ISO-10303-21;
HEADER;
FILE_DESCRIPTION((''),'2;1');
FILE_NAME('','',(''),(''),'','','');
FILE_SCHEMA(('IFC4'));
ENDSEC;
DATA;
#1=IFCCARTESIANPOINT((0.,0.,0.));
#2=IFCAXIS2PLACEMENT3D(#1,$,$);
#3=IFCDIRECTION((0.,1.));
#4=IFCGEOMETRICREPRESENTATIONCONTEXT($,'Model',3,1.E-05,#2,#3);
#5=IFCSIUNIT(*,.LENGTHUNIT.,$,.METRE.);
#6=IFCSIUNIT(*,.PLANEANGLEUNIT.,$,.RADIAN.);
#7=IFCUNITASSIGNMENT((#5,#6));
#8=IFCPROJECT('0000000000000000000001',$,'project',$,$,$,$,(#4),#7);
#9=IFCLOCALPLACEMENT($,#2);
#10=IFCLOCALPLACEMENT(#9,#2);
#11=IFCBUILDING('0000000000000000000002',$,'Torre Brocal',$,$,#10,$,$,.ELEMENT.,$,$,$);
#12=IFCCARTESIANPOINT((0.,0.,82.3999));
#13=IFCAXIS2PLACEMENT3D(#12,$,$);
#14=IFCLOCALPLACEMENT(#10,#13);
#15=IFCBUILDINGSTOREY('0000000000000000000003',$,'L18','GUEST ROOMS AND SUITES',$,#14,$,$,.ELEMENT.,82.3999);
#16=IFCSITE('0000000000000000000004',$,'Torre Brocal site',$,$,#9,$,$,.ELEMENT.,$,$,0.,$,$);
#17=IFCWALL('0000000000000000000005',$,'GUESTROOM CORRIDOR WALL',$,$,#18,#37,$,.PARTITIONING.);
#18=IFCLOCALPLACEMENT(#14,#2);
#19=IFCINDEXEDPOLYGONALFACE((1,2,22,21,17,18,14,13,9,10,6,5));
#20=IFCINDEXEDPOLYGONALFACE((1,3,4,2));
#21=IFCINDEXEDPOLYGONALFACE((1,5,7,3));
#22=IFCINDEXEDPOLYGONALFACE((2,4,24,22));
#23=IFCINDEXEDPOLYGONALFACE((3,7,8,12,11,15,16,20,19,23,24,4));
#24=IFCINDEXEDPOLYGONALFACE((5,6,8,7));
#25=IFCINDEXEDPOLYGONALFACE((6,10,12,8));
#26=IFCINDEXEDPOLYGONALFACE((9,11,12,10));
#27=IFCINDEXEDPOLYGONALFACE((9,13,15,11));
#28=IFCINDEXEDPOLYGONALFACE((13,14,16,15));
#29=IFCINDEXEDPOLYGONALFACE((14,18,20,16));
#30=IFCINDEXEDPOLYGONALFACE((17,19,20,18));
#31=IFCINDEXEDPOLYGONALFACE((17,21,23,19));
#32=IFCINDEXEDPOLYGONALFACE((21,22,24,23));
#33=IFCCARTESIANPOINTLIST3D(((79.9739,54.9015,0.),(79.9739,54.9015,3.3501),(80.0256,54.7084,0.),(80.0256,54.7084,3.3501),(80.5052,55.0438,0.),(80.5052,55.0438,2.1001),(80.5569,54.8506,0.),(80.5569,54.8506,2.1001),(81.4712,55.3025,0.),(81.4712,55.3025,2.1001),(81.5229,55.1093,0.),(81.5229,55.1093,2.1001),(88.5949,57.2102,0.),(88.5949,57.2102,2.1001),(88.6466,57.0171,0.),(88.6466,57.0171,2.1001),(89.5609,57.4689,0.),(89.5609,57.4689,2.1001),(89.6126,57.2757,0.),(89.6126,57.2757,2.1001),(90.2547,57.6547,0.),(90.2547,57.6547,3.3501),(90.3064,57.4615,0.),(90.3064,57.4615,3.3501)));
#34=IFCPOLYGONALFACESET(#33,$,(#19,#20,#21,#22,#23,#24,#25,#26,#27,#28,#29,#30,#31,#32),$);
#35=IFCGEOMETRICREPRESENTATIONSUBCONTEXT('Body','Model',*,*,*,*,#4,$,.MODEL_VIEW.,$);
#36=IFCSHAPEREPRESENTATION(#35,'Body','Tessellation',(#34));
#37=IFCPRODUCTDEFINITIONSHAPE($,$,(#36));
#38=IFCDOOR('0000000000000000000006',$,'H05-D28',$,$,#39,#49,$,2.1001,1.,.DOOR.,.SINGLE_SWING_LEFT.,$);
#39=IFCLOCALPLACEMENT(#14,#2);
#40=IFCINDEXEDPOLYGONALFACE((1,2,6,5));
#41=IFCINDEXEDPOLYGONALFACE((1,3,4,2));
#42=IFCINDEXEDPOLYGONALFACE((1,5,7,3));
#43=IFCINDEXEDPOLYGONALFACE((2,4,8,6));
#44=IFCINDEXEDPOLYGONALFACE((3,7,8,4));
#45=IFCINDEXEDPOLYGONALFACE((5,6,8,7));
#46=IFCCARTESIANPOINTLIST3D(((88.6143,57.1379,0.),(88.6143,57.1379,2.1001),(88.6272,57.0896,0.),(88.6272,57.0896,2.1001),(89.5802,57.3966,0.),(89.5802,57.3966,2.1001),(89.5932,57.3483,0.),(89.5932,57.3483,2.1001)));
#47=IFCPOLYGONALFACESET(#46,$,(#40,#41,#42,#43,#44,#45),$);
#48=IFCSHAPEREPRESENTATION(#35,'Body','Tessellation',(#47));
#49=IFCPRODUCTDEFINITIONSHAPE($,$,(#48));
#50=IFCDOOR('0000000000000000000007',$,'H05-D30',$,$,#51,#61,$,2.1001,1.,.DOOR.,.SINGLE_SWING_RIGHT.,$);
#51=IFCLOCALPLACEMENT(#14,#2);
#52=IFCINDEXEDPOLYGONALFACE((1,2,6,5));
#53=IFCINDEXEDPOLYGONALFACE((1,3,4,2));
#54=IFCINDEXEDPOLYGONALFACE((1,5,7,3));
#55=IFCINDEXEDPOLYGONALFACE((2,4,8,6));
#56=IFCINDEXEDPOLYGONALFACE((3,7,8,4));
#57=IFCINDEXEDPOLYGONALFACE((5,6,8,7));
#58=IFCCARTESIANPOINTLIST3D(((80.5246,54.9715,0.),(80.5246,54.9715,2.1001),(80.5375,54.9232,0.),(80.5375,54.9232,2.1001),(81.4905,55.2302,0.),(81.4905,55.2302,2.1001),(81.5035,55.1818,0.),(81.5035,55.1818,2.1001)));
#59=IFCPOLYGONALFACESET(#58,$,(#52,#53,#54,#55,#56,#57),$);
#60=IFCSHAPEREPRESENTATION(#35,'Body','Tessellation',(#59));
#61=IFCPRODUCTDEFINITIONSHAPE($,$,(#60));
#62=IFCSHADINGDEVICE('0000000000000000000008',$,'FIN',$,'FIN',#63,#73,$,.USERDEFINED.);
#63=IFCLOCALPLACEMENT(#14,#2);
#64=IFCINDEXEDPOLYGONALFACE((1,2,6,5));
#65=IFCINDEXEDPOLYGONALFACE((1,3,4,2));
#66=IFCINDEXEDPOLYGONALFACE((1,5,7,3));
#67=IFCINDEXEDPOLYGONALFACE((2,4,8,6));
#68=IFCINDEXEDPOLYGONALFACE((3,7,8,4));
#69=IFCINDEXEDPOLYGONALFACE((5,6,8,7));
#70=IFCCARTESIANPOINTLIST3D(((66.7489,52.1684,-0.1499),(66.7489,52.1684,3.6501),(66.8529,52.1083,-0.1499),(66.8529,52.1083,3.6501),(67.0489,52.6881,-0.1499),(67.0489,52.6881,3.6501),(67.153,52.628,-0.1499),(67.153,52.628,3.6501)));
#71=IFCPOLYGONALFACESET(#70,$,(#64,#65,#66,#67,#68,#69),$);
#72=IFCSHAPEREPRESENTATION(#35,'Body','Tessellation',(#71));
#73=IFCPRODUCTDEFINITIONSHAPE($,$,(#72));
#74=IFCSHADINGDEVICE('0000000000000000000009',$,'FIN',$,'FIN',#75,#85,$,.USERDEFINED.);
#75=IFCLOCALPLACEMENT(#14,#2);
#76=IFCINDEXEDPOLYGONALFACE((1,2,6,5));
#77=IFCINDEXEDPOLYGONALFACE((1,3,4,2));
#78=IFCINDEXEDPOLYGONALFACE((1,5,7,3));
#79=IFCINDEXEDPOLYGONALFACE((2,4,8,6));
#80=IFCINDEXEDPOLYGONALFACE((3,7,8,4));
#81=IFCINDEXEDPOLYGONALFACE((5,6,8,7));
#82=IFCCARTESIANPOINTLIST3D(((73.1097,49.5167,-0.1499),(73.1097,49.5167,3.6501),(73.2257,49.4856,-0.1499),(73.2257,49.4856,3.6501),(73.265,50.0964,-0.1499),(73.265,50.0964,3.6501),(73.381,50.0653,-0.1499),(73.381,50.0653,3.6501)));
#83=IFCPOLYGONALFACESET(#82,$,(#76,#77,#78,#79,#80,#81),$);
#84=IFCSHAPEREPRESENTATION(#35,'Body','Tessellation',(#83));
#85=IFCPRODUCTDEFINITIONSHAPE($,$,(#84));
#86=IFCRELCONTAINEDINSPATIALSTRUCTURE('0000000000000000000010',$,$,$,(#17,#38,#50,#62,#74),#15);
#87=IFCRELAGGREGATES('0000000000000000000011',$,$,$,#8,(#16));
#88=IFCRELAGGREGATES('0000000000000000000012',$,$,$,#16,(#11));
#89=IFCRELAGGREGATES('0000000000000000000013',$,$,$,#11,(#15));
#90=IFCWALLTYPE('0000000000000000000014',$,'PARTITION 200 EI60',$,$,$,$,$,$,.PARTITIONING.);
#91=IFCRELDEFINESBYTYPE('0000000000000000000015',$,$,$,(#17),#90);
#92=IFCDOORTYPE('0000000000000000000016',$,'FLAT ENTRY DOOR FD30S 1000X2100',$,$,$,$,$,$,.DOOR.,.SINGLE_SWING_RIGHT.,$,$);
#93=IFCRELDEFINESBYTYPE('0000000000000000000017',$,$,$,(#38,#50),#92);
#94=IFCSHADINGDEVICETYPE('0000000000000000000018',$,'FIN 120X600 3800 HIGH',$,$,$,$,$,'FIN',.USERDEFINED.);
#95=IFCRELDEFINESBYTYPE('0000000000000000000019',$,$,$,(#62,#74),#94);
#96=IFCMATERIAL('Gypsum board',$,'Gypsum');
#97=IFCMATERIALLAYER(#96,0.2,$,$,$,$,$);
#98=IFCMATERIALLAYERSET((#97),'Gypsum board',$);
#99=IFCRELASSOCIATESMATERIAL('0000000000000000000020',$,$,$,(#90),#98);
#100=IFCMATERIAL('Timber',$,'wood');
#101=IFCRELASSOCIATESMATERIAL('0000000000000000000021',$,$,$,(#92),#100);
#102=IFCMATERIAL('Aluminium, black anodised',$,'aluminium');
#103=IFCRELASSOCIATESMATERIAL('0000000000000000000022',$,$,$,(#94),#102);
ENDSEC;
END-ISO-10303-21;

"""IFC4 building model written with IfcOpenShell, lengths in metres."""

from ifc_helpers import new_model, si_unit, direction, frame, frame_2d, origin, origin_2d, place, context, subcontext, project, spatial, rectangle, extrude, material, layer, layer_set, material_profile, profile_set, type_object, element, fill, save


model = new_model("IFC4")

# Units and contexts
model_context = context("Model", 3, precision=1e-05, world=origin(), true_north=direction((0.0, 1.0)))
body_context = subcontext(model_context, "Body", "Model", "MODEL_VIEW")
ifc_project = project(units=[si_unit("LENGTHUNIT", "METRE"), si_unit("PLANEANGLEUNIT", "RADIAN")], contexts=[model_context])

# Site, building, storey
site_placement = place(None, origin())
site = spatial("IfcSite", under=ifc_project, at=site_placement, Name="Torre Brocal site", CompositionType="ELEMENT", RefElevation=0.0)
building_placement = place(site_placement, origin())
building = spatial("IfcBuilding", under=site, at=building_placement, Name="Torre Brocal", CompositionType="ELEMENT")
storey_placement = place(building_placement, frame((0.0, 0.0, 82.3999)))
storey = spatial("IfcBuildingStorey", under=building, at=storey_placement, Name="L18", Description="GUEST ROOMS AND SUITES", CompositionType="ELEMENT", Elevation=82.3999)

# Shared definitions
ifc_material_1 = material(Name="Gypsum board", Category="Gypsum")
ifc_layer_1 = layer(ifc_material_1, 0.2)
ifc_layer_set_1 = layer_set([ifc_layer_1], Name="Gypsum board")
wall_type_1 = type_object("IfcWallType", Name="PARTITION 200 EI60", PredefinedType="PARTITIONING", material=ifc_layer_set_1)

# Shared definitions
ifc_material_2 = material(Name="Timber", Category="wood")
door_type_1 = type_object("IfcDoorType", Name="FLAT ENTRY DOOR FD30S 1000X2100", OperationType="SINGLE_SWING_RIGHT", PredefinedType="DOOR", material=ifc_material_2)

# Wall, openings, doors
wall_1_placement = place(storey_placement, frame((79.9998, 54.8049, 0.0), z_axis=(0.0, 0.0, 1.0), x_axis=(0.965962, 0.258683, 0.0)))
wall_1 = element("IfcWall", 1, at=wall_1_placement, inside=storey, type_object=wall_type_1, Name="GUESTROOM CORRIDOR WALL", PredefinedType="PARTITIONING", context=body_context, shape_type="SweptSolid", body=[
    extrude(rectangle(XDim=10.6431, YDim=0.2, at=frame_2d((5.3215, 0.0))), origin(), (0.0, 0.0, 1.0), 3.3501),
])
opening_1_placement = place(wall_1_placement, frame((8.9248, 0.0, 0.0)))
opening_1 = element("IfcOpeningElement", 2, at=opening_1_placement, cuts=wall_1, PredefinedType="OPENING", context=body_context, shape_type="SweptSolid", body=[
    extrude(rectangle(XDim=1.0, YDim=2.1001, at=frame_2d((0.5, 1.05))), frame((0.0, 0.1099, 0.0), z_axis=(0.0, -1.0, 0.0), x_axis=(1.0, 0.0, 0.0)), (0.0, 0.0, 1.0), 0.22),
])
opening_2_placement = place(wall_1_placement, frame((0.55, 0.0, 0.0)))
opening_2 = element("IfcOpeningElement", 3, at=opening_2_placement, cuts=wall_1, PredefinedType="OPENING", context=body_context, shape_type="SweptSolid", body=[
    extrude(rectangle(XDim=1.0, YDim=2.1001, at=frame_2d((0.5, 1.05))), frame((0.0, 0.1099, 0.0), z_axis=(0.0, -1.0, 0.0), x_axis=(1.0, 0.0, 0.0)), (0.0, 0.0, 1.0), 0.22),
])
door_1_placement = place(opening_1_placement, frame((1.0, 0.0, 0.0), z_axis=(0.0, 0.0, 1.0), x_axis=(-1.0, 0.0, 0.0)))
door_1 = element("IfcDoor", 4, at=door_1_placement, inside=storey, type_object=door_type_1, Name="H05-D28", OperationType="SINGLE_SWING_LEFT", OverallHeight=2.1001, OverallWidth=1.0, PredefinedType="DOOR", context=body_context, shape_type="SweptSolid", body=[
    extrude(rectangle(XDim=1.0, YDim=2.1001, at=frame_2d((0.5, 1.05))), frame((0.0, 0.0249, 0.0), z_axis=(0.0, -1.0, 0.0), x_axis=(1.0, 0.0, 0.0)), (0.0, 0.0, 1.0), 0.05),
])
fill(opening_1, door_1)
door_2_placement = place(opening_2_placement, frame((1.0, 0.0, 0.0), z_axis=(0.0, 0.0, 1.0), x_axis=(-1.0, 0.0, 0.0)))
door_2 = element("IfcDoor", 5, at=door_2_placement, inside=storey, type_object=door_type_1, Name="H05-D30", OperationType="SINGLE_SWING_RIGHT", OverallHeight=2.1001, OverallWidth=1.0, PredefinedType="DOOR", context=body_context, shape_type="SweptSolid", body=[
    extrude(rectangle(XDim=1.0, YDim=2.1001, at=frame_2d((0.5, 1.05))), frame((0.0, 0.0249, 0.0), z_axis=(0.0, -1.0, 0.0), x_axis=(1.0, 0.0, 0.0)), (0.0, 0.0, 1.0), 0.05),
])
fill(opening_2, door_2)

# Shading devices
ifc_material_3 = material(Name="Aluminium, black anodised", Category="aluminium")
ifc_material_profile_1 = material_profile(ifc_material_3, rectangle(XDim=0.1201, YDim=0.6001, at=origin_2d()), Name="FIN 120X600 3800 HIGH")
ifc_profile_set_1 = profile_set([ifc_material_profile_1], Name="Aluminium, black anodised")
shading_device_type = type_object("IfcShadingDeviceType", Name="FIN 120X600 3800 HIGH", ElementType="FIN", PredefinedType="USERDEFINED", material=ifc_profile_set_1)
for number, where, z_axis, x_axis, name in (
    (6, (66.9509, 52.3982, -0.1499), (0.0, 0.0, 1.0), (0.866025, -0.5, 0.0), "FIN"),
    (7, (73.2454, 49.791, -0.1499), (0.0, 0.0, 1.0), (0.965926, -0.258819, 0.0), "FIN"),
):
    element("IfcShadingDevice", number, at=place(storey_placement, frame(where, z_axis=z_axis, x_axis=x_axis)), inside=storey, type_object=shading_device_type, Name=name, ObjectType="FIN", PredefinedType="USERDEFINED", context=body_context, shape_type="SweptSolid", body=[
        extrude(rectangle(XDim=0.1201, YDim=0.6001, at=origin_2d()), origin(), (0.0, 0.0, 1.0), 3.8),
    ])

save(model, "model.ifc")
